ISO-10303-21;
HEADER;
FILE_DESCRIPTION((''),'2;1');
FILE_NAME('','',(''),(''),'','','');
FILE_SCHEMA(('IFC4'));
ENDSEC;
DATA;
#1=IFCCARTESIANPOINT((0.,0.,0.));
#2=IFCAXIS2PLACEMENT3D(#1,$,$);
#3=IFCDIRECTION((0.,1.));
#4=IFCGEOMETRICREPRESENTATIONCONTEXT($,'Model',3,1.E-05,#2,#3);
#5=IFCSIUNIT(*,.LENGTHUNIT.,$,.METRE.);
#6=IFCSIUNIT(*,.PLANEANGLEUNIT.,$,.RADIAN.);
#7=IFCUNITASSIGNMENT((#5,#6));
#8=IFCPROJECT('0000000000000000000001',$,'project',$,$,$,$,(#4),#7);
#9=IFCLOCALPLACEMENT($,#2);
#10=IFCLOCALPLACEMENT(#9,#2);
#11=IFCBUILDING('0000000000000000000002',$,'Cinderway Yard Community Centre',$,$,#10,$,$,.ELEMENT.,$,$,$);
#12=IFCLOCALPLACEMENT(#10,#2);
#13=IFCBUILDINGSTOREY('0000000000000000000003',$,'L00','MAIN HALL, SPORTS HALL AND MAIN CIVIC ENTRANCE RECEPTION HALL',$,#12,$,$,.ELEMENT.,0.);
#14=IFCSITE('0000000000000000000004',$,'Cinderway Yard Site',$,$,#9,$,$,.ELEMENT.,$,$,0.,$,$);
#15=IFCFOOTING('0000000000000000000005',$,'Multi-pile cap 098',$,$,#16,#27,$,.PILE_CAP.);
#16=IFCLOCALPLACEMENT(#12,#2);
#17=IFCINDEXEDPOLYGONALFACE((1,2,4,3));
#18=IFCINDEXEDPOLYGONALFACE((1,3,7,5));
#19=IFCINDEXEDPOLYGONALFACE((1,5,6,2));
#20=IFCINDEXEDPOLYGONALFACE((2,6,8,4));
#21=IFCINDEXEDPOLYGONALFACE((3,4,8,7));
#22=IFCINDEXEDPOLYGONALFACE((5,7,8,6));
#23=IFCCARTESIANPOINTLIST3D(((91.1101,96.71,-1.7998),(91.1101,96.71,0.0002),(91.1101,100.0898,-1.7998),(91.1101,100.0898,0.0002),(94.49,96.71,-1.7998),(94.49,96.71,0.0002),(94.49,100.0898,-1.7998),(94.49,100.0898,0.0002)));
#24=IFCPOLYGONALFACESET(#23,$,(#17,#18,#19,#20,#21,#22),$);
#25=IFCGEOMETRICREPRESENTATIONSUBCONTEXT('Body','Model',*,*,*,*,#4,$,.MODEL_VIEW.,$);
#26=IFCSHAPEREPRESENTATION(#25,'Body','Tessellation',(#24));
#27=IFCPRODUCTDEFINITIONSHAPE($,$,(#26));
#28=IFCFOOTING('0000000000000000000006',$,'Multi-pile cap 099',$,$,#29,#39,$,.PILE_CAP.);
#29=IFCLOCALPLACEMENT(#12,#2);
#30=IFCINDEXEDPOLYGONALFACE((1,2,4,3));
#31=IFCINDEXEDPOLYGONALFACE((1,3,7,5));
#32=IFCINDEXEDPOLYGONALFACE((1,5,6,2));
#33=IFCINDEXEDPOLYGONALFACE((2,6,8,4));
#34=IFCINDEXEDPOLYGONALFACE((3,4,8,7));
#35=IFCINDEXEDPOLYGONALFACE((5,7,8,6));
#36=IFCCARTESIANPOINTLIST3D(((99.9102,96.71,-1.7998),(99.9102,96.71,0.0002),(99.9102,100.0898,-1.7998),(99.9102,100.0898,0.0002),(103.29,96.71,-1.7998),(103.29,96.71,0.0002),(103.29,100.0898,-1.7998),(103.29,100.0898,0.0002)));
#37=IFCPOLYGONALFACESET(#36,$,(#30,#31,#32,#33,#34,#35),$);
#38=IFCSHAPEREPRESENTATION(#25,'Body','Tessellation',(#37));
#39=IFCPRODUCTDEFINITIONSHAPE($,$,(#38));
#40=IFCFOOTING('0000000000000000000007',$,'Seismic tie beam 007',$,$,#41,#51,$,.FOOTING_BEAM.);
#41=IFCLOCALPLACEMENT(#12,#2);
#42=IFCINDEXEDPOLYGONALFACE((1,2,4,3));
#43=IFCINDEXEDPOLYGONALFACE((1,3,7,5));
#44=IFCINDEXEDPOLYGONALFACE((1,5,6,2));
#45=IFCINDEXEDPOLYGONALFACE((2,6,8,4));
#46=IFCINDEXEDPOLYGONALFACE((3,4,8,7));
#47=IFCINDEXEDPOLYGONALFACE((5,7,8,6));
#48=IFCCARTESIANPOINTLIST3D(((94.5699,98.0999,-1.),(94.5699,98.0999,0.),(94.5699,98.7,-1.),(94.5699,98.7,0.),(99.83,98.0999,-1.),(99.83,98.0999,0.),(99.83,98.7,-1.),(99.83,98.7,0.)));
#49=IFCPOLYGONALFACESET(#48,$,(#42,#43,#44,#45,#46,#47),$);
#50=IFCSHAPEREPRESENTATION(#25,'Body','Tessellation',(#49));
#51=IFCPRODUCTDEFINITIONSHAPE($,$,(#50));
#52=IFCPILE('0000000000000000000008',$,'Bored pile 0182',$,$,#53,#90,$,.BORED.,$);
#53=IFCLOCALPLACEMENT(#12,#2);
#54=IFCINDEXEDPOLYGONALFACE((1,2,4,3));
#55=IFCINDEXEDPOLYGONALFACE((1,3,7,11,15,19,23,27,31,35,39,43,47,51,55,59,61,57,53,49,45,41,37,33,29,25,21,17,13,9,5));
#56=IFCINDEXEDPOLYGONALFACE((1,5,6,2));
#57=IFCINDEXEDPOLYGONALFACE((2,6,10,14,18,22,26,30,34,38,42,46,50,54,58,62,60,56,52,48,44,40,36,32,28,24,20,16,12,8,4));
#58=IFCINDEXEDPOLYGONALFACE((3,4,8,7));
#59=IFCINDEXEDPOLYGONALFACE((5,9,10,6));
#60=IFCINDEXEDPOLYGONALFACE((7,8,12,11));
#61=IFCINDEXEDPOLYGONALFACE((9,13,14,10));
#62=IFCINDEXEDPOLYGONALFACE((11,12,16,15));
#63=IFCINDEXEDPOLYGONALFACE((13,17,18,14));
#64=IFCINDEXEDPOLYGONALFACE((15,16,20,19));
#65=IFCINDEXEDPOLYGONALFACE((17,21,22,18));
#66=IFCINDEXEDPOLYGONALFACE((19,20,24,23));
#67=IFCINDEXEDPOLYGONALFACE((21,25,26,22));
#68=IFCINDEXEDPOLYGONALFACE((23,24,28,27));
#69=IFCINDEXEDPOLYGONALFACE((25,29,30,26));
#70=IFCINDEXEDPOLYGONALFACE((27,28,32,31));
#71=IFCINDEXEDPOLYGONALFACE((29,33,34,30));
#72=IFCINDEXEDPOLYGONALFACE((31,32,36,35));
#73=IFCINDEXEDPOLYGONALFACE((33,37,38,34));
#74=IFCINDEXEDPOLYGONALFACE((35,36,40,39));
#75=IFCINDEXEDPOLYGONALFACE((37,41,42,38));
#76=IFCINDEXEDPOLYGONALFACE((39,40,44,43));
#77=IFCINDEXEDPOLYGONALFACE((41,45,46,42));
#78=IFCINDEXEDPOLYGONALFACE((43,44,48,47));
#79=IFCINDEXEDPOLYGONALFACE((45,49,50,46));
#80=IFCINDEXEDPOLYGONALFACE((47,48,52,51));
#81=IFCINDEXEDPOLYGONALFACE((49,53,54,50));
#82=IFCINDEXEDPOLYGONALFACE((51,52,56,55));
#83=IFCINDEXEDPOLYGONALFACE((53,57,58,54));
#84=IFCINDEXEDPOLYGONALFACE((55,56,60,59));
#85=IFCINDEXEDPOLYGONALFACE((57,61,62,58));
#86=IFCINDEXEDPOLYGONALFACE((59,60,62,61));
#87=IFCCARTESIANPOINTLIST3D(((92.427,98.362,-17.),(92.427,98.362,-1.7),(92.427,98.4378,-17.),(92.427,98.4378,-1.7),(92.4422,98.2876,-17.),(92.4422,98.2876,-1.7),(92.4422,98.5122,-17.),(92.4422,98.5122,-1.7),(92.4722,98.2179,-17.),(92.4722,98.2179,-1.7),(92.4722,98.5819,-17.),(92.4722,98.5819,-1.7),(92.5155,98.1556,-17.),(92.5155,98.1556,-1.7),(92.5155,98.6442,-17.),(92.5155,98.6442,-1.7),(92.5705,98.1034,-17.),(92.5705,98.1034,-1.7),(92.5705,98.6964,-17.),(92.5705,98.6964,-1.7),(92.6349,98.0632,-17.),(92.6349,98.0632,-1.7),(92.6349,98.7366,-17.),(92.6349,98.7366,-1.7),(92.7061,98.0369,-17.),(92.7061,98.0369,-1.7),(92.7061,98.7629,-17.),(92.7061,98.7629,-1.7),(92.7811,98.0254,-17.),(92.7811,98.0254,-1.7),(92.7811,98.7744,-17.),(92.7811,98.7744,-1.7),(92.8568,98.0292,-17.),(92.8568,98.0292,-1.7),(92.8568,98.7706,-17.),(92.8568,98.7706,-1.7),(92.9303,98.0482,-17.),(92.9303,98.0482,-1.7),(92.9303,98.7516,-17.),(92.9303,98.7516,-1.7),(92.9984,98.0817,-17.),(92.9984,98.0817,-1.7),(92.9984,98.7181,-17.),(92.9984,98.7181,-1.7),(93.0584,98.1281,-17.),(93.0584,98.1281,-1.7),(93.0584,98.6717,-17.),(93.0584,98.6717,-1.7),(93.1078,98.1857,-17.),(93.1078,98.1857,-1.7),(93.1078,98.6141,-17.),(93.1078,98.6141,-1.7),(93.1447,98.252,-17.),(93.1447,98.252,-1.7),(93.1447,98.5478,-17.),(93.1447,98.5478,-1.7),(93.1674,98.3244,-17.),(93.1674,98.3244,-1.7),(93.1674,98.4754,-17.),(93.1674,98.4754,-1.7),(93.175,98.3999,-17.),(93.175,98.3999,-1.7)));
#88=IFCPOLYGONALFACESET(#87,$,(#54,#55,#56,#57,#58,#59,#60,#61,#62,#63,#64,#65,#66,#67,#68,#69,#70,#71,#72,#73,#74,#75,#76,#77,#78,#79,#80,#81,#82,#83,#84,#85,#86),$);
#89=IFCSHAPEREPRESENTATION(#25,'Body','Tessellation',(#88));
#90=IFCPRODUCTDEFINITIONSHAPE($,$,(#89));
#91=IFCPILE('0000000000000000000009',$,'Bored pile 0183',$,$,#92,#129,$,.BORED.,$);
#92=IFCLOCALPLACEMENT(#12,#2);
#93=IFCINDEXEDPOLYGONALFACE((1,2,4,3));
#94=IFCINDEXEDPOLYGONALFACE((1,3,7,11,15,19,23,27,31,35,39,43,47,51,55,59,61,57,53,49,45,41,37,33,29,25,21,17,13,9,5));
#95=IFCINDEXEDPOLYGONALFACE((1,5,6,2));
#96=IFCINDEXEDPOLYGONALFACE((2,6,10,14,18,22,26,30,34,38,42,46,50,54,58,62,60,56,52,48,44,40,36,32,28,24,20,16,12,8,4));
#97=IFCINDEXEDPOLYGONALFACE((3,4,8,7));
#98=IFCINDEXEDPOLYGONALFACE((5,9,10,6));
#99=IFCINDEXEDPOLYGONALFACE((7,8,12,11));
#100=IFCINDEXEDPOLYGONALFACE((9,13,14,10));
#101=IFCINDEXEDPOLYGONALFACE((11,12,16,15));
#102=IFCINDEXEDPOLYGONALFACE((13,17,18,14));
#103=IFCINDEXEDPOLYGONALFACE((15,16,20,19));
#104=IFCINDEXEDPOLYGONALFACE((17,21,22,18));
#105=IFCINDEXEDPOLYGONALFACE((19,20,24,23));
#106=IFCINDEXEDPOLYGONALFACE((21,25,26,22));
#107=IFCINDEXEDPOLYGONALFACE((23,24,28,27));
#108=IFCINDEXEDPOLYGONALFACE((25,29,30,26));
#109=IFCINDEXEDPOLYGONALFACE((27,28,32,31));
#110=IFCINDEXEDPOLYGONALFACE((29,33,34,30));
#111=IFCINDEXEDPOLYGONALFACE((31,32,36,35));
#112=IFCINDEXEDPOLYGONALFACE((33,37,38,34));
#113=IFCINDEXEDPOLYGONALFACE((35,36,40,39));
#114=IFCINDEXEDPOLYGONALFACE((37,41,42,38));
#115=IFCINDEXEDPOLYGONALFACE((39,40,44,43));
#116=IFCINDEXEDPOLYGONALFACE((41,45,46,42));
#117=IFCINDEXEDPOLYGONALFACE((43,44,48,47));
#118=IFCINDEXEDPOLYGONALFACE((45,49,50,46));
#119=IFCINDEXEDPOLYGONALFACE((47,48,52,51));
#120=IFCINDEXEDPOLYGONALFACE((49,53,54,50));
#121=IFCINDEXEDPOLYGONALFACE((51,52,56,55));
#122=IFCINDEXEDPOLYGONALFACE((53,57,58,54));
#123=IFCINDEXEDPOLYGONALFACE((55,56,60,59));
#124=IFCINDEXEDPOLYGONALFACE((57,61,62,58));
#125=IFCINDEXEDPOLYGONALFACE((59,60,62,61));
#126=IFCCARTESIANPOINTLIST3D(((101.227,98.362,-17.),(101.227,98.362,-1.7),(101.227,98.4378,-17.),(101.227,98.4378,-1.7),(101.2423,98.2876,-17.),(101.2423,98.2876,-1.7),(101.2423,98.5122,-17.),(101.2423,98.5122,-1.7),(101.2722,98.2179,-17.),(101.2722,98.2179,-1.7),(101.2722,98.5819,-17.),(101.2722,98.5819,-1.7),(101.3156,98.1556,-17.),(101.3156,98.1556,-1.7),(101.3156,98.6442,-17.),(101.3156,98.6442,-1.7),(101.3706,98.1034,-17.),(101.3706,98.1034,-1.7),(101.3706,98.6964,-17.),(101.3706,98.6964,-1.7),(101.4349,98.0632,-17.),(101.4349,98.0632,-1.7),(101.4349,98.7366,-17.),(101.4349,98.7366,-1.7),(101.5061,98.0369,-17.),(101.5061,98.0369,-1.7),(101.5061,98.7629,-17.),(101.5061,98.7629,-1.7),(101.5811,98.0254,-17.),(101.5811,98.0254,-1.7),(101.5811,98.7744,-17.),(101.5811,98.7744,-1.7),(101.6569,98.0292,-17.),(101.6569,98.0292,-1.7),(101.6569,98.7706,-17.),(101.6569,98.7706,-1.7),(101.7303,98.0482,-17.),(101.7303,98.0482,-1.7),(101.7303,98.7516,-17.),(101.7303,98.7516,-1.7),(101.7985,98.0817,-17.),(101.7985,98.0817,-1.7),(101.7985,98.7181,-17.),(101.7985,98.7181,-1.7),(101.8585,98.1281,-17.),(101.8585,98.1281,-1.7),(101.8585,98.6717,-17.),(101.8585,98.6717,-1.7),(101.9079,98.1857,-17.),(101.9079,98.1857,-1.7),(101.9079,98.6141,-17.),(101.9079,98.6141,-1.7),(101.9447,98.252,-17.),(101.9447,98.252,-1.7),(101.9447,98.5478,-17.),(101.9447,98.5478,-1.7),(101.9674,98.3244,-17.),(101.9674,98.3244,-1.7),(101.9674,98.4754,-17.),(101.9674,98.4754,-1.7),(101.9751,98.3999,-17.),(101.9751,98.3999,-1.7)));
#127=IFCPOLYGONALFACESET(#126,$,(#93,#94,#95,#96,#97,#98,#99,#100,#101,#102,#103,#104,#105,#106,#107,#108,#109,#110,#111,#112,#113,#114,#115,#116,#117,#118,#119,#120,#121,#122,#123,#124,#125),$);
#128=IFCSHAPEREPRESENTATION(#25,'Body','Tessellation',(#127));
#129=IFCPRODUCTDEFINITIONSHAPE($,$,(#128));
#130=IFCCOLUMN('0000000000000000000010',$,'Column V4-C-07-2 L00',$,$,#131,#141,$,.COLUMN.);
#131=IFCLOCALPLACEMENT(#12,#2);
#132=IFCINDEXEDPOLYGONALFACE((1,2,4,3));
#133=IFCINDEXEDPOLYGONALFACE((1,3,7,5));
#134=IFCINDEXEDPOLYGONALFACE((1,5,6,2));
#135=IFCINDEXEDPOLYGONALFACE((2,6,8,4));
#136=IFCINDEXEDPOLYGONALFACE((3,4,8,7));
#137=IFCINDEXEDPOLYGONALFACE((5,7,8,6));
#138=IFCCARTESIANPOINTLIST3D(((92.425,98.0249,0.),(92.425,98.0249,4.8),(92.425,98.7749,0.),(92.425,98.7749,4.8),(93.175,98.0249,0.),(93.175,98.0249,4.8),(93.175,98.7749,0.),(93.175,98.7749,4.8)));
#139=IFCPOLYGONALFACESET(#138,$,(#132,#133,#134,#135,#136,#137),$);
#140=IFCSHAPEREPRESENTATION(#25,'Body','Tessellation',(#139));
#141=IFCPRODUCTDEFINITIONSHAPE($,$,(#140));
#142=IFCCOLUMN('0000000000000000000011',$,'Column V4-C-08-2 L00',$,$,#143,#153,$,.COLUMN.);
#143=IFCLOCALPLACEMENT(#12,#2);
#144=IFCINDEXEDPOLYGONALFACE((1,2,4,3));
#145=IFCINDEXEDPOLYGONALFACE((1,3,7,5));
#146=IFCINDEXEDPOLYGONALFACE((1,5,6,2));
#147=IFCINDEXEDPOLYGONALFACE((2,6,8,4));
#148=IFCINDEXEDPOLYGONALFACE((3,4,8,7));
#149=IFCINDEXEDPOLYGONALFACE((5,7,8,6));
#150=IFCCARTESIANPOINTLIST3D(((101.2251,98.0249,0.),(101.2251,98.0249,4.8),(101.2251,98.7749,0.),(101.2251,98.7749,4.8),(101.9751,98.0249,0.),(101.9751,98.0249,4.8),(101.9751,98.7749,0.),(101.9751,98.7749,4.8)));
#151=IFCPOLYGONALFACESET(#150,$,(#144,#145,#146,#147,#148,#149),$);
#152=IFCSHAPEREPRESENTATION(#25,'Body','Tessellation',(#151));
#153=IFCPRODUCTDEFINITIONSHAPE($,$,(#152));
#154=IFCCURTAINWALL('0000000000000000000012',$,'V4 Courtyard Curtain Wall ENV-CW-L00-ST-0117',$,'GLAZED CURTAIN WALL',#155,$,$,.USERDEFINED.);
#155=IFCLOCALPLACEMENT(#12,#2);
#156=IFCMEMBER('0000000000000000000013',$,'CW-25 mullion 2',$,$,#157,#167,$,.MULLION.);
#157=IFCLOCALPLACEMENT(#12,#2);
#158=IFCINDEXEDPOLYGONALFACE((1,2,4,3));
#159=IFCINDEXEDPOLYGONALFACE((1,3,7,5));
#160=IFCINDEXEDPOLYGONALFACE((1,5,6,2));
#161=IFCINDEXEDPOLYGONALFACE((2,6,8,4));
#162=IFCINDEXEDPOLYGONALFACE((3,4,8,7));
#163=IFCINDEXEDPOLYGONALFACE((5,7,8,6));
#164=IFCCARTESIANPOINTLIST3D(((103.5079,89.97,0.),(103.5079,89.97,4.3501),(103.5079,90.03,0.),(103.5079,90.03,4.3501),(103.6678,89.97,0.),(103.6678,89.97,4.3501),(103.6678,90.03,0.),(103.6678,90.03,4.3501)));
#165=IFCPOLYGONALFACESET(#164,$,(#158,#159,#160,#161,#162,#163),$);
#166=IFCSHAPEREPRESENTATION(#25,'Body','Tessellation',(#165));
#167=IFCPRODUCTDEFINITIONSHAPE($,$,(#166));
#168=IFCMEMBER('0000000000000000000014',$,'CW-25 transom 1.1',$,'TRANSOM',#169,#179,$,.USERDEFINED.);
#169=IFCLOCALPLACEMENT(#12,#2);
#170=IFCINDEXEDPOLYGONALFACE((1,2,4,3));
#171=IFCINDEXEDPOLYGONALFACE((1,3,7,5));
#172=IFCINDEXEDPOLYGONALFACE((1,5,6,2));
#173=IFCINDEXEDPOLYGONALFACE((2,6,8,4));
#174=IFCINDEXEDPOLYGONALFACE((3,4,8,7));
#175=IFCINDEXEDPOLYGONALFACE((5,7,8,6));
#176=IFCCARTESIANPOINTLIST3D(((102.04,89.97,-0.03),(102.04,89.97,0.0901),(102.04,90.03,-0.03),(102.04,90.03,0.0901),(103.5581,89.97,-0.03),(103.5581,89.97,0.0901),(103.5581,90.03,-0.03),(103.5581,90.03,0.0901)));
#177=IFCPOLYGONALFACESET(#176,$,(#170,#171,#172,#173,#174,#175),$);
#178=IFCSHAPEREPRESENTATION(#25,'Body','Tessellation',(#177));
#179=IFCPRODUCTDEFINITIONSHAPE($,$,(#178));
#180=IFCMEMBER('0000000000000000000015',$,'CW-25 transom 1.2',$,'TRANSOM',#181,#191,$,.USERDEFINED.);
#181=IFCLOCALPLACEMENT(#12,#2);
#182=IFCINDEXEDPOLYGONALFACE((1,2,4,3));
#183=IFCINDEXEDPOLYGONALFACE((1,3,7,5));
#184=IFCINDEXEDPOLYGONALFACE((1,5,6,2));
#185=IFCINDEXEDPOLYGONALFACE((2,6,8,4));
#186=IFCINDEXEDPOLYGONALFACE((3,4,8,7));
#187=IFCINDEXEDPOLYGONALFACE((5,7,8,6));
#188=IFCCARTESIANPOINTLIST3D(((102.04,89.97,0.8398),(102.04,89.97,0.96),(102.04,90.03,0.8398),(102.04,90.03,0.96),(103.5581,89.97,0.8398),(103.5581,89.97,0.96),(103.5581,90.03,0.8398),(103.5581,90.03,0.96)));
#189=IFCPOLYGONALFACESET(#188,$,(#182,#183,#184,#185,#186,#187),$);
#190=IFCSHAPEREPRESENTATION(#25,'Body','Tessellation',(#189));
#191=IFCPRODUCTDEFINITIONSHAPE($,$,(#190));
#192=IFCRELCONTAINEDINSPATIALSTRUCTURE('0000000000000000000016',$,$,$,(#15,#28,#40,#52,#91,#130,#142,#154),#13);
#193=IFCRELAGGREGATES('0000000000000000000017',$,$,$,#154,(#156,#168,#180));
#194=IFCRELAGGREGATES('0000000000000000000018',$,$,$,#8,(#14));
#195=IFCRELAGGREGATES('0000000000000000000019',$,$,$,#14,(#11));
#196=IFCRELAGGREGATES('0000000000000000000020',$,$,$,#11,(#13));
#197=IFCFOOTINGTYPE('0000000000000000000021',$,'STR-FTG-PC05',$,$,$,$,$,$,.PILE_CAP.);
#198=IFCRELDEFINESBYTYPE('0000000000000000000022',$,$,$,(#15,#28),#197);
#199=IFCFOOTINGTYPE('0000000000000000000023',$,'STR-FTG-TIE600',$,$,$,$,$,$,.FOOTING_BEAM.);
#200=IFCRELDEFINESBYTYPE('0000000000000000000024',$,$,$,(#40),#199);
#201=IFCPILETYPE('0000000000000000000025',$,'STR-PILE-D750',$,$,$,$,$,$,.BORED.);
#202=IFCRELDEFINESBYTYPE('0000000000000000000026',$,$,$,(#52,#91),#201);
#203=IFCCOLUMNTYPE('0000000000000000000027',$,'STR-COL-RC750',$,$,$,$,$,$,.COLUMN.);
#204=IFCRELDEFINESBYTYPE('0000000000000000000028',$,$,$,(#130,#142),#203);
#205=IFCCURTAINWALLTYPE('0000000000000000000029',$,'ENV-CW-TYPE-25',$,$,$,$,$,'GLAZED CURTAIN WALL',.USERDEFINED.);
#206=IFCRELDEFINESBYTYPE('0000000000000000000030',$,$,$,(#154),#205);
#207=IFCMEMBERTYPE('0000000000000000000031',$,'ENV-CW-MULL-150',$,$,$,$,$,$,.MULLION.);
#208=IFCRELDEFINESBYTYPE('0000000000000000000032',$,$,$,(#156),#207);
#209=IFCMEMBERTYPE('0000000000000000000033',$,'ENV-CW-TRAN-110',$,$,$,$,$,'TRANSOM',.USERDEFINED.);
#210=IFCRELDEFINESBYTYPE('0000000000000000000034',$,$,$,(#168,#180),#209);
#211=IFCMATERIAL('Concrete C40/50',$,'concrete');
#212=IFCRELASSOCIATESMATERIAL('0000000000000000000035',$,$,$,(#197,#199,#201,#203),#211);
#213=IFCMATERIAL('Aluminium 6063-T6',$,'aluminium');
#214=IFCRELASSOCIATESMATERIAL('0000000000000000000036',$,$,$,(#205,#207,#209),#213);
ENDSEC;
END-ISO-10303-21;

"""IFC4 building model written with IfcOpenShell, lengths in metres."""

from ifc_helpers import new_model, si_unit, direction, frame, origin, origin_2d, place, context, subcontext, project, spatial, rectangle, circle, extrude, material, material_profile, profile_set, type_object, element, aggregate, save


model = new_model("IFC4")

# Units and contexts
model_context = context("Model", 3, precision=1e-05, world=origin(), true_north=direction((0.0, 1.0)))
body_context = subcontext(model_context, "Body", "Model", "MODEL_VIEW")
ifc_project = project(units=[si_unit("LENGTHUNIT", "METRE"), si_unit("PLANEANGLEUNIT", "RADIAN")], contexts=[model_context])

# Site, building, storey
site_placement = place(None, origin())
site = spatial("IfcSite", under=ifc_project, at=site_placement, Name="Cinderway Yard Site", CompositionType="ELEMENT", RefElevation=0.0)
building_placement = place(site_placement, origin())
building = spatial("IfcBuilding", under=site, at=building_placement, Name="Cinderway Yard Community Centre", CompositionType="ELEMENT")
storey_placement = place(building_placement, origin())
storey = spatial("IfcBuildingStorey", under=building, at=storey_placement, Name="L00", Description="MAIN HALL, SPORTS HALL AND MAIN CIVIC ENTRANCE RECEPTION HALL", CompositionType="ELEMENT", Elevation=0.0)

# Footings
ifc_material_1 = material(Name="Concrete C40/50", Category="concrete")
footing_type_1 = type_object("IfcFootingType", Name="STR-FTG-PC05", PredefinedType="PILE_CAP", material=ifc_material_1)
for number, where, z_axis, x_axis, name in (
    (1, (92.8, 98.3999, -1.7998), (0.0, 0.0, 1.0), (1.0, 0.0, 0.0), "Multi-pile cap 098"),
    (2, (101.6001, 98.3999, -1.7998), (0.0, 0.0, 1.0), (1.0, 0.0, 0.0), "Multi-pile cap 099"),
):
    element("IfcFooting", number, at=place(storey_placement, frame(where, z_axis=z_axis, x_axis=x_axis)), inside=storey, type_object=footing_type_1, Name=name, PredefinedType="PILE_CAP", context=body_context, shape_type="SweptSolid", body=[
        extrude(rectangle(XDim=3.3799, YDim=3.3799, at=origin_2d()), origin(), (0.0, 0.0, 1.0), 1.8),
    ])
footing_type_2 = type_object("IfcFootingType", Name="STR-FTG-TIE600", PredefinedType="FOOTING_BEAM", material=ifc_material_1)
footing_placement = place(storey_placement, frame((97.2, 98.3999, -1.0), z_axis=(0.0, 0.0, 1.0), x_axis=(1.0, 0.0, 0.0)))
element("IfcFooting", 3, at=footing_placement, inside=storey, type_object=footing_type_2, Name="Seismic tie beam 007", PredefinedType="FOOTING_BEAM", context=body_context, shape_type="SweptSolid", body=[
    extrude(rectangle(XDim=5.26, YDim=0.6001, at=origin_2d()), origin(), (0.0, 0.0, 1.0), 1.0),
])

# Piles
ifc_material_profile_1 = material_profile(ifc_material_1, circle(Radius=0.375, at=origin_2d()), Name="Concrete C40/50")
ifc_profile_set_1 = profile_set([ifc_material_profile_1], Name="Concrete C40/50")
pile_type = type_object("IfcPileType", Name="STR-PILE-D750", PredefinedType="BORED", material=ifc_profile_set_1)
for number, where, z_axis, x_axis, name in (
    (4, (92.8, 98.3999, -1.7), (0.0, 0.0, -1.0), (1.0, 0.0, 0.0), "Bored pile 0182"),
    (5, (101.6001, 98.3999, -1.7), (0.0, 0.0, -1.0), (1.0, 0.0, 0.0), "Bored pile 0183"),
):
    element("IfcPile", number, at=place(storey_placement, frame(where, z_axis=z_axis, x_axis=x_axis)), inside=storey, type_object=pile_type, Name=name, PredefinedType="BORED", context=body_context, shape_type="SweptSolid", body=[
        extrude(circle(Radius=0.375, at=origin_2d()), origin(), (0.0, 0.0, 1.0), 15.3),
    ])

# Columns
ifc_material_profile_2 = material_profile(ifc_material_1, rectangle(XDim=0.75, YDim=0.75, at=origin_2d()), Name="Concrete C40/50")
ifc_profile_set_2 = profile_set([ifc_material_profile_2], Name="Concrete C40/50")
column_type = type_object("IfcColumnType", Name="STR-COL-RC750", PredefinedType="COLUMN", material=ifc_profile_set_2)
for number, where, z_axis, x_axis, name in (
    (6, (92.8, 98.3999, 0.0), (0.0, 0.0, 1.0), (1.0, 0.0, 0.0), "Column V4-C-07-2 L00"),
    (7, (101.6001, 98.3999, 0.0), (0.0, 0.0, 1.0), (1.0, 0.0, 0.0), "Column V4-C-08-2 L00"),
):
    element("IfcColumn", number, at=place(storey_placement, frame(where, z_axis=z_axis, x_axis=x_axis)), inside=storey, type_object=column_type, Name=name, PredefinedType="COLUMN", context=body_context, shape_type="SweptSolid", body=[
        extrude(rectangle(XDim=0.75, YDim=0.75, at=origin_2d()), origin(), (0.0, 0.0, 1.0), 4.8),
    ])

# Curtain wall, members
ifc_material_2 = material(Name="Aluminium 6063-T6", Category="aluminium")
curtain_wall_type = type_object("IfcCurtainWallType", Name="ENV-CW-TYPE-25", ElementType="GLAZED CURTAIN WALL", PredefinedType="USERDEFINED", material=ifc_material_2)
curtain_wall_placement = place(storey_placement, origin())
curtain_wall = element("IfcCurtainWall", 8, at=curtain_wall_placement, inside=storey, type_object=curtain_wall_type, Name="V4 Courtyard Curtain Wall ENV-CW-L00-ST-0117", ObjectType="GLAZED CURTAIN WALL", PredefinedType="USERDEFINED")
ifc_material_profile_3 = material_profile(ifc_material_2, rectangle(XDim=0.0601, YDim=0.1599, at=origin_2d()), Name="Aluminium 6063-T6")
ifc_profile_set_3 = profile_set([ifc_material_profile_3], Name="Aluminium 6063-T6")
member_type_1 = type_object("IfcMemberType", Name="ENV-CW-MULL-150", PredefinedType="MULLION", material=ifc_profile_set_3)
member_1_placement = place(storey_placement, frame((103.5879, 90.0, 0.0), z_axis=(0.0, 0.0, 1.0), x_axis=(0.0, 1.0, 0.0)))
member_1 = element("IfcMember", 9, at=member_1_placement, type_object=member_type_1, Name="CW-25 mullion 2", PredefinedType="MULLION", context=body_context, shape_type="SweptSolid", body=[
    extrude(rectangle(XDim=0.0601, YDim=0.1599, at=origin_2d()), origin(), (0.0, 0.0, 1.0), 4.3501),
])
ifc_material_profile_4 = material_profile(ifc_material_2, rectangle(XDim=0.0601, YDim=0.1201, at=origin_2d()), Name="Aluminium 6063-T6")
ifc_profile_set_4 = profile_set([ifc_material_profile_4], Name="Aluminium 6063-T6")
member_type_2 = type_object("IfcMemberType", Name="ENV-CW-TRAN-110", ElementType="TRANSOM", PredefinedType="USERDEFINED", material=ifc_profile_set_4)
member_2_placement = place(storey_placement, frame((102.04, 90.0, 0.03), z_axis=(1.0, 0.0, 0.0), x_axis=(0.0, 1.0, 0.0)))
member_2 = element("IfcMember", 10, at=member_2_placement, type_object=member_type_2, Name="CW-25 transom 1.1", ObjectType="TRANSOM", PredefinedType="USERDEFINED", context=body_context, shape_type="SweptSolid", body=[
    extrude(rectangle(XDim=0.0601, YDim=0.1201, at=origin_2d()), origin(), (0.0, 0.0, 1.0), 1.5181),
])
member_3_placement = place(storey_placement, frame((102.04, 90.0, 0.8999), z_axis=(1.0, 0.0, 0.0), x_axis=(0.0, 1.0, 0.0)))
member_3 = element("IfcMember", 11, at=member_3_placement, type_object=member_type_2, Name="CW-25 transom 1.2", ObjectType="TRANSOM", PredefinedType="USERDEFINED", context=body_context, shape_type="SweptSolid", body=[
    extrude(rectangle(XDim=0.0601, YDim=0.1201, at=origin_2d()), origin(), (0.0, 0.0, 1.0), 1.5181),
])
aggregate(curtain_wall, [member_1, member_2, member_3])

save(model, "model.ifc")
